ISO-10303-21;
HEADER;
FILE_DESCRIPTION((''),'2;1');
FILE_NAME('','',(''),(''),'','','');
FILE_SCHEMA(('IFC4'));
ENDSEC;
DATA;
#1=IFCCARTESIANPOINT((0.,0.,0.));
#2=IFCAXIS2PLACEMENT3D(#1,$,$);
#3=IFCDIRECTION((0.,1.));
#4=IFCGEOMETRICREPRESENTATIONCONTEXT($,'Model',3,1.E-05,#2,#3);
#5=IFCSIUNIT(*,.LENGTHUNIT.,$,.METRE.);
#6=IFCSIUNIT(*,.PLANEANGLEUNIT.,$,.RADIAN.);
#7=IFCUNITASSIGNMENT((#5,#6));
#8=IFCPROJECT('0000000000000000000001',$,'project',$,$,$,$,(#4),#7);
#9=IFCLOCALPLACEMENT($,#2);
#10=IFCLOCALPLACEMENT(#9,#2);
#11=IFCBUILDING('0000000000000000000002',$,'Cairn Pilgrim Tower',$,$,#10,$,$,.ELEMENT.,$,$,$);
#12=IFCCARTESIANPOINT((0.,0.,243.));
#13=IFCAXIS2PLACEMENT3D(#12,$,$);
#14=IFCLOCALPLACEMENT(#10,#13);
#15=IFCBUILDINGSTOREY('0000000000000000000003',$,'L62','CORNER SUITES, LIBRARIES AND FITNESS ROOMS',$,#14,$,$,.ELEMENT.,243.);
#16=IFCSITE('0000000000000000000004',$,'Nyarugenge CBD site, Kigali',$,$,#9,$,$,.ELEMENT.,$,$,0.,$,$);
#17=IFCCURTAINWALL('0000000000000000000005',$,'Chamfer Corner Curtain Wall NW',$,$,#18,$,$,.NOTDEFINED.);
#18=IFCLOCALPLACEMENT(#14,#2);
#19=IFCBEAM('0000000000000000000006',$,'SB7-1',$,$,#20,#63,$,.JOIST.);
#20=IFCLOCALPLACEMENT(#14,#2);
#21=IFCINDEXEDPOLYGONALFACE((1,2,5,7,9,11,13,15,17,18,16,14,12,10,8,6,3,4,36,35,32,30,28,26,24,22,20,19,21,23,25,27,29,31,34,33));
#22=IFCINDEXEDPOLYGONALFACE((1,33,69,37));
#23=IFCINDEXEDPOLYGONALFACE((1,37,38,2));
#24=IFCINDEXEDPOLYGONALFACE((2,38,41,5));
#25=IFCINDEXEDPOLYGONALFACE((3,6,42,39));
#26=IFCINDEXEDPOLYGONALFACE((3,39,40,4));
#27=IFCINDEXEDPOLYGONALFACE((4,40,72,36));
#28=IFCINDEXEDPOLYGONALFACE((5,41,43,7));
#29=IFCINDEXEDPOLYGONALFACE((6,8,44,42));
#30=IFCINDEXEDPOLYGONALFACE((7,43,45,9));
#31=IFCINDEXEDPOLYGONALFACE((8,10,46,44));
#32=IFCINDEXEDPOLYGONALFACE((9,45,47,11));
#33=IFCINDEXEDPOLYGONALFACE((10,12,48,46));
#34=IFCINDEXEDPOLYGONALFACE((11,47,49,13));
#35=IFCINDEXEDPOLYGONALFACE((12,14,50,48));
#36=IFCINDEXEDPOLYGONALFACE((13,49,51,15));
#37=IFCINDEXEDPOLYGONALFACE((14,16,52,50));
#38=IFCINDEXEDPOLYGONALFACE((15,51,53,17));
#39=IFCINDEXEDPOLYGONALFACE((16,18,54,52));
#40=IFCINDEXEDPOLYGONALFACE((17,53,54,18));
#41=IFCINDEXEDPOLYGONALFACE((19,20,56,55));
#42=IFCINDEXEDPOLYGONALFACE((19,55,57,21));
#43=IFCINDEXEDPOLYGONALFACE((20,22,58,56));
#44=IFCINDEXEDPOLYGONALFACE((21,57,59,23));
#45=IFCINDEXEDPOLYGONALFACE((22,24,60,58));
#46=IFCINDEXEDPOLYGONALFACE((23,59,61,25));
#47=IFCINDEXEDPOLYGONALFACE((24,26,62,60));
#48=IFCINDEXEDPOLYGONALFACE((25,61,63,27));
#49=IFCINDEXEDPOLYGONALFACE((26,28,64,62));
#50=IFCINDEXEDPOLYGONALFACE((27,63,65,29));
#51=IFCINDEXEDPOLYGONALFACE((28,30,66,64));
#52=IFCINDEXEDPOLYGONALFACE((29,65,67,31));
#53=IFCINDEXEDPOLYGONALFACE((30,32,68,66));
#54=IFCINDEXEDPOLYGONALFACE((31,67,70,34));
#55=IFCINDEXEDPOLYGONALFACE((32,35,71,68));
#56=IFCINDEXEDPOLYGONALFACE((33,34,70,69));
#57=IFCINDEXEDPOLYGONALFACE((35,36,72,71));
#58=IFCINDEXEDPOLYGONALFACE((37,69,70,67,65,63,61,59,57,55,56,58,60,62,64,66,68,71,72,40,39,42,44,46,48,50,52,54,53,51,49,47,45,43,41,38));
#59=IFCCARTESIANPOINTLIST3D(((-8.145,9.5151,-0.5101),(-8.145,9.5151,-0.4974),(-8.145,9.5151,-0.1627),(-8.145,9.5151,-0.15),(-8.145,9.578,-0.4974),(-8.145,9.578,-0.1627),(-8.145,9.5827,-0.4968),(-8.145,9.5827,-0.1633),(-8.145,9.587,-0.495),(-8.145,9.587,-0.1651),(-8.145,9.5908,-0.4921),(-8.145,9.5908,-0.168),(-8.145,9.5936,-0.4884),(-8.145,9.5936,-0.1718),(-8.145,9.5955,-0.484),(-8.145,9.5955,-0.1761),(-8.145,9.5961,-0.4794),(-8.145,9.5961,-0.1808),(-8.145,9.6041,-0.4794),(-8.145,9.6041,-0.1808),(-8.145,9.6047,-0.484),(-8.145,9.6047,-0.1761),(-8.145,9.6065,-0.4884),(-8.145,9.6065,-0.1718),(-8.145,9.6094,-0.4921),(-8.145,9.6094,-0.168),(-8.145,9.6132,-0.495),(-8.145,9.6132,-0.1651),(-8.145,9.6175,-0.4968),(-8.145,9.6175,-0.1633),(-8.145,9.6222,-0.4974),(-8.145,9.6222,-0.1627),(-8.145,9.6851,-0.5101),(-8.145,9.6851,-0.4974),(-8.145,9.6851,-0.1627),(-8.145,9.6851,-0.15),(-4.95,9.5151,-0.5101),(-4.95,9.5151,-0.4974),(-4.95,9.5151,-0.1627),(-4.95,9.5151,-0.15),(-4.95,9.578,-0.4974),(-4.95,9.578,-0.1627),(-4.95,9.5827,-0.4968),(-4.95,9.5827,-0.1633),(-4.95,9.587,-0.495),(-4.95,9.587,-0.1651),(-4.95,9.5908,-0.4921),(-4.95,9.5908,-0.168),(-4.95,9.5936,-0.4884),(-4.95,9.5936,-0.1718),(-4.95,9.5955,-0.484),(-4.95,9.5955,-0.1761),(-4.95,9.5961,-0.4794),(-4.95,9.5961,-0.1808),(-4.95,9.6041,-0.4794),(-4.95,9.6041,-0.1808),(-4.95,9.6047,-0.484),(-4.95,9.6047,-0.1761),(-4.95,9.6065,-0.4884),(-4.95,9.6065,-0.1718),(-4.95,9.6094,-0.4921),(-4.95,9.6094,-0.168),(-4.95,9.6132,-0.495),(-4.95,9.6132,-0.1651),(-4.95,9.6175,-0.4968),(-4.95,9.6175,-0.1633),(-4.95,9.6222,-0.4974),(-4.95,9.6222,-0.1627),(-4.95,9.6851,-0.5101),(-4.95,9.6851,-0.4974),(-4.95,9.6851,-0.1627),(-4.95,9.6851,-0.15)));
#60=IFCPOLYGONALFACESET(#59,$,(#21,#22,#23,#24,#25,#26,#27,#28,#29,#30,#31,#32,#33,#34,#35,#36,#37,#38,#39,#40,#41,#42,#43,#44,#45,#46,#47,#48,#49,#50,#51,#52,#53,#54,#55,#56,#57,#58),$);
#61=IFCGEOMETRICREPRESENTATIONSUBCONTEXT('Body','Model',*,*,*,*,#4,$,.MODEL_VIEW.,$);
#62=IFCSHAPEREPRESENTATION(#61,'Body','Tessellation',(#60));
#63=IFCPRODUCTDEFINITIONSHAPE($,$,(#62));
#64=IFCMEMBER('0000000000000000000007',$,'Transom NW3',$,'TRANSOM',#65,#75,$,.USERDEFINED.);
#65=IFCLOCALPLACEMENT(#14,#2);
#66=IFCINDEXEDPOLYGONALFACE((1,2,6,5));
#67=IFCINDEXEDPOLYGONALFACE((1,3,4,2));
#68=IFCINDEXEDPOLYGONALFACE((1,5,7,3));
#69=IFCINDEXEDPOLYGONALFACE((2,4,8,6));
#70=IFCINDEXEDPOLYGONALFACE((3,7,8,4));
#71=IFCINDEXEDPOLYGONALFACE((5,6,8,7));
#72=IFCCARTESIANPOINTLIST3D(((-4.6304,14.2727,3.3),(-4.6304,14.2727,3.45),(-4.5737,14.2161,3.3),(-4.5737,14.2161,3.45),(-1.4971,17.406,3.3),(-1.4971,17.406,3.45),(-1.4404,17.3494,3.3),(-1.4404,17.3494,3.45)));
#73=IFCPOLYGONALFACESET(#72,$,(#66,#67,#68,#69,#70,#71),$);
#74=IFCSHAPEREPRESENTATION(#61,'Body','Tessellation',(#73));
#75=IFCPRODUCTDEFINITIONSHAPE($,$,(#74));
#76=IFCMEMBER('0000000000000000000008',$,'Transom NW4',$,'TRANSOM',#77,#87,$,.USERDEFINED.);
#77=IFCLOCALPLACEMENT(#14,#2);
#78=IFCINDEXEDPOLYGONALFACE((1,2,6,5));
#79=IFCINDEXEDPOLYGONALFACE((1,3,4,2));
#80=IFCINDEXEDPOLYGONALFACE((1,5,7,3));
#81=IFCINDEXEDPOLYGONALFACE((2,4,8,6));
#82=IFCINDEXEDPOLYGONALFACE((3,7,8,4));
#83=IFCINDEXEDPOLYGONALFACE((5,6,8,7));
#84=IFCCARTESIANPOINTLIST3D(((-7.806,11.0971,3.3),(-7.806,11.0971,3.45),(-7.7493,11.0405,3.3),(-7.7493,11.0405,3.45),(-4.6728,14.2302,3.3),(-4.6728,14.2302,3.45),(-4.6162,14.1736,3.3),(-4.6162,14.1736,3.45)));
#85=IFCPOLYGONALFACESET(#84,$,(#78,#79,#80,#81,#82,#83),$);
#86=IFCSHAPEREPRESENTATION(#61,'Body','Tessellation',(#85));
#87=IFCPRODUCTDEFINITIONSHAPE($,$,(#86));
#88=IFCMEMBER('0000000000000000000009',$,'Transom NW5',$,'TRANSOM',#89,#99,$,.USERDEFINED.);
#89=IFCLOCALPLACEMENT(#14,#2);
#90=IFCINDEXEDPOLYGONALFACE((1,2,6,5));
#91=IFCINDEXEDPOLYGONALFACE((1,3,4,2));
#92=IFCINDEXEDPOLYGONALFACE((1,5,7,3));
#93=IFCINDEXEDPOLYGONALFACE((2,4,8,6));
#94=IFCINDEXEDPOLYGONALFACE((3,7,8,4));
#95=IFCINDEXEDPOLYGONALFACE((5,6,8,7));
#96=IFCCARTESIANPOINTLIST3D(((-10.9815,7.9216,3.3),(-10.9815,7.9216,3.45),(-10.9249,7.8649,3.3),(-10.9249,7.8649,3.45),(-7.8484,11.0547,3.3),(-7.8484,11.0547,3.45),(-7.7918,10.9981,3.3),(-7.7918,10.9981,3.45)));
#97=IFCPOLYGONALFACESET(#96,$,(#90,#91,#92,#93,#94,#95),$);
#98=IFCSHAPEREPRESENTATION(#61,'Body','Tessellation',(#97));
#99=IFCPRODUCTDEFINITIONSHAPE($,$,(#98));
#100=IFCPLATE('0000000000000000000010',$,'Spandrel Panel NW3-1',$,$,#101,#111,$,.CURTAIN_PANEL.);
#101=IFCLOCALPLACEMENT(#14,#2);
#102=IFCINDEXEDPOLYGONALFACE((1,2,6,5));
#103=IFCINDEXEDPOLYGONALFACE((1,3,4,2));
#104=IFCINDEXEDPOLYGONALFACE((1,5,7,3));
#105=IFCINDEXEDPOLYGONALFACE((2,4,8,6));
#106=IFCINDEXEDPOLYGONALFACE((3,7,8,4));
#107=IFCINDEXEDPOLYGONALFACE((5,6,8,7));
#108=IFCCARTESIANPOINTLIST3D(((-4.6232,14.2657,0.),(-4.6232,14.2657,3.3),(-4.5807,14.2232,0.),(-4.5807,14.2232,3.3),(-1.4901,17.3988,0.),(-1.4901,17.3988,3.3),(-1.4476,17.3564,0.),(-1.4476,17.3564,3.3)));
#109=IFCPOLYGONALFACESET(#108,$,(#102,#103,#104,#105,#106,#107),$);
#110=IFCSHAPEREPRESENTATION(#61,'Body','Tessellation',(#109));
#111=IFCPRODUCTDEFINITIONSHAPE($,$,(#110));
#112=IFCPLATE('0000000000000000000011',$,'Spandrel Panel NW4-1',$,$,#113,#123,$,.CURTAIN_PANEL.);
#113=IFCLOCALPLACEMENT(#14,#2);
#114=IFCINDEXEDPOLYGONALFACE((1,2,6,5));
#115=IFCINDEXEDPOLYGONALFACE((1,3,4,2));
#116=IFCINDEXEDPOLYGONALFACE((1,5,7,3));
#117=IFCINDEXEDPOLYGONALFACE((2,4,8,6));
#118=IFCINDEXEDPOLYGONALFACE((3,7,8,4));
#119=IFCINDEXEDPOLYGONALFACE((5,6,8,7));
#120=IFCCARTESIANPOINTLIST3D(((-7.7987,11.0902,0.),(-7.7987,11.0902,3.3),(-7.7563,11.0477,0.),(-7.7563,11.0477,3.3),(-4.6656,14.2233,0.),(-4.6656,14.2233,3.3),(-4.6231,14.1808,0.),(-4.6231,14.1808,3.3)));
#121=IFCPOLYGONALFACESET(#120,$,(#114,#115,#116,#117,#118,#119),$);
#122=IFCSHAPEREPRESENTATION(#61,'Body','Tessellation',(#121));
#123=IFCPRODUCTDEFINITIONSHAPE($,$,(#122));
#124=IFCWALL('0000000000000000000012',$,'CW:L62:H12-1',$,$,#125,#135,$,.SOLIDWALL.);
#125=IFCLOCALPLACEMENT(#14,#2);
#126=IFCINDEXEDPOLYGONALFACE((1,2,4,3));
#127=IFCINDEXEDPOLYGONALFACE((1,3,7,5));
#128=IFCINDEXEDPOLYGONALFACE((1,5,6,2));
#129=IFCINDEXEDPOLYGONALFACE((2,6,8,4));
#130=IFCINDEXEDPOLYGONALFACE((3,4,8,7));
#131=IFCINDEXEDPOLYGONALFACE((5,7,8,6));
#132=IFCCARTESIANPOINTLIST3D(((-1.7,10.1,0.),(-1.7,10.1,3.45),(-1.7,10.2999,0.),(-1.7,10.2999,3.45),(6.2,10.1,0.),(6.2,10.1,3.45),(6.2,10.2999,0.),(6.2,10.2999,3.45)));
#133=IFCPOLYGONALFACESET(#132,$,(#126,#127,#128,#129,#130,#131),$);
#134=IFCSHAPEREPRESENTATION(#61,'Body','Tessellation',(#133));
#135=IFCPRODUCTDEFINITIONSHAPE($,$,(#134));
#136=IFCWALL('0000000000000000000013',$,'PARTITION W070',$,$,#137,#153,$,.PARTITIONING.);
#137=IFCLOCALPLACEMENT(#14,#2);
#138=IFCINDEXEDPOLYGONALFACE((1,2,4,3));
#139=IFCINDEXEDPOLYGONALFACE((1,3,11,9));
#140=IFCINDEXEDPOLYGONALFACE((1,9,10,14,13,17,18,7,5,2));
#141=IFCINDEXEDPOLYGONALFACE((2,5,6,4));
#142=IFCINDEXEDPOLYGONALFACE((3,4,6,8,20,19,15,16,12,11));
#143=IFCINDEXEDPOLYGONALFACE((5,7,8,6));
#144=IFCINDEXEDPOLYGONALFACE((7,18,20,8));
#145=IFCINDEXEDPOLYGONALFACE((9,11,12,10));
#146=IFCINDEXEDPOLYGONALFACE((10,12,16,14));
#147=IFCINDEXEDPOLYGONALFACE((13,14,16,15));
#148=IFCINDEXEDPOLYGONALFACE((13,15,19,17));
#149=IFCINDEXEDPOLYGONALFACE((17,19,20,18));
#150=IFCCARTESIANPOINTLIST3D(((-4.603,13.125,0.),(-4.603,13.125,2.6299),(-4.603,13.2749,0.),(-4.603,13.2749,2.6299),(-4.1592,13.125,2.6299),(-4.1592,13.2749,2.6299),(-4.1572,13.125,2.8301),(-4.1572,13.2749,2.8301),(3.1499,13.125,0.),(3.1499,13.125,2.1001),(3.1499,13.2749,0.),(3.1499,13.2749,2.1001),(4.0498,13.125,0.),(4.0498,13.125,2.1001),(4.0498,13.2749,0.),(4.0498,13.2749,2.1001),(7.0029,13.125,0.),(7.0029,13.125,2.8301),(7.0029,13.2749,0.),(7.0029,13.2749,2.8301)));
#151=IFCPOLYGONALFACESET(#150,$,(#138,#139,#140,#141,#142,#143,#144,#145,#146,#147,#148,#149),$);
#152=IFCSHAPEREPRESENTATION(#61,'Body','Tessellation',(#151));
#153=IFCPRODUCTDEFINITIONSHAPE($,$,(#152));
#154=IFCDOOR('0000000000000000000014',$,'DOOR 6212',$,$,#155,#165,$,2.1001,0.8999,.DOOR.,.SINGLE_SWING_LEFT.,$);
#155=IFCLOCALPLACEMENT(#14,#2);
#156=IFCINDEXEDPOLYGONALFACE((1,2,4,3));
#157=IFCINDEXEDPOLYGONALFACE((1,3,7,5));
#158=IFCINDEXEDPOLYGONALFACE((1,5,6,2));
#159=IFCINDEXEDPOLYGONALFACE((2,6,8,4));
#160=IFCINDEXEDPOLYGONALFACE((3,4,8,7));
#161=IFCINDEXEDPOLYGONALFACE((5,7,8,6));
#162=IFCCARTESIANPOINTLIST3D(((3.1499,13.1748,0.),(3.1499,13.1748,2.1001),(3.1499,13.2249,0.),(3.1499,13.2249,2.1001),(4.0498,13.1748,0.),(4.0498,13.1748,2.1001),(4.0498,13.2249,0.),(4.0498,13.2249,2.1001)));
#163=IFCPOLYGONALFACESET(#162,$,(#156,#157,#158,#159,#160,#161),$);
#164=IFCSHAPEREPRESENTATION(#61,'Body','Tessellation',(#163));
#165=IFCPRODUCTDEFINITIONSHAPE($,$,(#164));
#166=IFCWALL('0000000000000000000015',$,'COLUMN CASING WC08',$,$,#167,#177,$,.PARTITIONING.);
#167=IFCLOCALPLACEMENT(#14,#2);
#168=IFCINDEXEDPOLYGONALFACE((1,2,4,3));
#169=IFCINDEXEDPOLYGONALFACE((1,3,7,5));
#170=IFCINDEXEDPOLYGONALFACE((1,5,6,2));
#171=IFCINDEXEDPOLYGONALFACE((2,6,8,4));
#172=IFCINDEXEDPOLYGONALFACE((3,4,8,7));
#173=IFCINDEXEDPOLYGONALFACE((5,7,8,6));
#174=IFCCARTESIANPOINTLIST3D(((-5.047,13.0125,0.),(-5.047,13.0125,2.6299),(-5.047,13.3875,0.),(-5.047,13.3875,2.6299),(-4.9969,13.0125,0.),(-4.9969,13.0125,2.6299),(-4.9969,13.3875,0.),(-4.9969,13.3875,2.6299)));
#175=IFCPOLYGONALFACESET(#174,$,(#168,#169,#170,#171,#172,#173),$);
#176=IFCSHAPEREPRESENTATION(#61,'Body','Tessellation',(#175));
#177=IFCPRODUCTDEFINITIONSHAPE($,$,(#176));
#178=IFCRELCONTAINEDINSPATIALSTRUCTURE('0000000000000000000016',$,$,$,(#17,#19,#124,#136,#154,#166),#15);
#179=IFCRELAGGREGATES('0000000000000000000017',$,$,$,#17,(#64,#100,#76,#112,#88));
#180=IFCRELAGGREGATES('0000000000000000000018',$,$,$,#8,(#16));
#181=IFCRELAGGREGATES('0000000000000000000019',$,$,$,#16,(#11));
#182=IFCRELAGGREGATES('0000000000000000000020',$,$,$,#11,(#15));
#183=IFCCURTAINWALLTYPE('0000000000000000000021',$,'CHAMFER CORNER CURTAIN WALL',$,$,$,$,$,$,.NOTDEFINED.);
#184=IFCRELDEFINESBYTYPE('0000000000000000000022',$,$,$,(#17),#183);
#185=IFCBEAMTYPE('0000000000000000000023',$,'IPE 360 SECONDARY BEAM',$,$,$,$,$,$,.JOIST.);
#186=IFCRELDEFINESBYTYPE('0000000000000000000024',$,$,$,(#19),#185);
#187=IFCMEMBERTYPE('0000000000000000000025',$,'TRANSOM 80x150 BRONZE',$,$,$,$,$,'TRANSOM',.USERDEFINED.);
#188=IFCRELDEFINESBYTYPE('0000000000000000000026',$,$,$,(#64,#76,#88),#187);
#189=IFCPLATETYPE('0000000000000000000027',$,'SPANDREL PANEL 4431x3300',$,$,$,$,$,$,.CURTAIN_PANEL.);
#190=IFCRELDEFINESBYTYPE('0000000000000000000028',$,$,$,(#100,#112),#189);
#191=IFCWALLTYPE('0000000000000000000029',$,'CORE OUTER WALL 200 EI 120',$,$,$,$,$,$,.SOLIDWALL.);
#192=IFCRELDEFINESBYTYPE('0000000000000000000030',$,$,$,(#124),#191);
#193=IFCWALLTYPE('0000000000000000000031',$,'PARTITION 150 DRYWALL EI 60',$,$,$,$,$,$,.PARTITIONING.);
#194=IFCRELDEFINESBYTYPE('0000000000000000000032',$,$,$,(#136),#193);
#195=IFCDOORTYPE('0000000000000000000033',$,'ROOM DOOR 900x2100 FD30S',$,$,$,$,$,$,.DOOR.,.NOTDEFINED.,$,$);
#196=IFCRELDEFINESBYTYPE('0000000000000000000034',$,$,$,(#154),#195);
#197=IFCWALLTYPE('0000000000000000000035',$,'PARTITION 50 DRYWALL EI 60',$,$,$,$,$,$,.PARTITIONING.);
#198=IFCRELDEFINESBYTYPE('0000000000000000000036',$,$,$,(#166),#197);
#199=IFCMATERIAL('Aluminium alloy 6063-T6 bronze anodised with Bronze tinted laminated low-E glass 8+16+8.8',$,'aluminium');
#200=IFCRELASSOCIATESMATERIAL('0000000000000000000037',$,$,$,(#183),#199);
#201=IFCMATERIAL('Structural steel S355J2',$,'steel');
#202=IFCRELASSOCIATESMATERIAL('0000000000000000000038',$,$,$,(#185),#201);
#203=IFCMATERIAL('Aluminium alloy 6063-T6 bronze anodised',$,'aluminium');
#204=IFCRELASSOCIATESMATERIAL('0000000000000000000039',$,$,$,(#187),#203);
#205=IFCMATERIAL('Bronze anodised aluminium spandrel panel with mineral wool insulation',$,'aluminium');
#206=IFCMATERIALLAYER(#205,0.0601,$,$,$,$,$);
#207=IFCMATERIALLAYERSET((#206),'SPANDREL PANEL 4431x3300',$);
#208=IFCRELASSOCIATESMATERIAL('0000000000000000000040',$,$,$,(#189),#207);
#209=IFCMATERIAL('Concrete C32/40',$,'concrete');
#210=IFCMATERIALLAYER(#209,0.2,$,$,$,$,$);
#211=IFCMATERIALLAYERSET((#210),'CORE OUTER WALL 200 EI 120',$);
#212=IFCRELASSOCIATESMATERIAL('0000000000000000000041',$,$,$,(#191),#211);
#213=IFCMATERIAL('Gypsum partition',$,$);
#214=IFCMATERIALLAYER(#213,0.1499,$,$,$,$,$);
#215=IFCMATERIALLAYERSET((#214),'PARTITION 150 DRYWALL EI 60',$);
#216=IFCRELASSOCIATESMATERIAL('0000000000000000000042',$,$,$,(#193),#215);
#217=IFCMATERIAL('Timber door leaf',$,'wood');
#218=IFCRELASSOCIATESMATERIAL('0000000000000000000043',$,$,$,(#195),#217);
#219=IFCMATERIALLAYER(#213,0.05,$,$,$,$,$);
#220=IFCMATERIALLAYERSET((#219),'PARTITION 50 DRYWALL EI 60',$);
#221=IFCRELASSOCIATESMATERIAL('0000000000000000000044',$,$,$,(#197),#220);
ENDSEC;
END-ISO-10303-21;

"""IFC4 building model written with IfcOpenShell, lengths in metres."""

from ifc_helpers import new_model, si_unit, direction, frame, frame_2d, origin, origin_2d, place, context, subcontext, project, spatial, polyline, rectangle, i_section, outline, extrude, material, layer, layer_set, material_profile, profile_set, type_object, element, fill, aggregate, save


model = new_model("IFC4")

# Units and contexts
model_context = context("Model", 3, precision=1e-05, world=origin(), true_north=direction((0.0, 1.0)))
body_context = subcontext(model_context, "Body", "Model", "MODEL_VIEW")
ifc_project = project(units=[si_unit("LENGTHUNIT", "METRE"), si_unit("PLANEANGLEUNIT", "RADIAN")], contexts=[model_context])

# Site, building, storey
site_placement = place(None, origin())
site = spatial("IfcSite", under=ifc_project, at=site_placement, Name="Nyarugenge CBD site, Kigali", CompositionType="ELEMENT", RefElevation=0.0)
building_placement = place(site_placement, origin())
building = spatial("IfcBuilding", under=site, at=building_placement, Name="Cairn Pilgrim Tower", CompositionType="ELEMENT")
storey_placement = place(building_placement, frame((0.0, 0.0, 243.0)))
storey = spatial("IfcBuildingStorey", under=building, at=storey_placement, Name="L62", Description="CORNER SUITES, LIBRARIES AND FITNESS ROOMS", CompositionType="ELEMENT", Elevation=243.0)

# Shared definitions
ifc_material_1 = material(Name="Structural steel S355J2", Category="steel")

# Curtain wall
ifc_material_2 = material(Name="Aluminium alloy 6063-T6 bronze anodised with Bronze tinted laminated low-E glass 8+16+8.8", Category="aluminium")
curtain_wall_type = type_object("IfcCurtainWallType", Name="CHAMFER CORNER CURTAIN WALL", PredefinedType="NOTDEFINED", material=ifc_material_2)
curtain_wall_placement = place(storey_placement, origin())
curtain_wall = element("IfcCurtainWall", 1, at=curtain_wall_placement, inside=storey, type_object=curtain_wall_type, Name="Chamfer Corner Curtain Wall NW", PredefinedType="NOTDEFINED")
ifc_material_3 = material(Name="Aluminium alloy 6063-T6 bronze anodised", Category="aluminium")

# Beam
ifc_material_profile_1 = material_profile(ifc_material_1, i_section(OverallWidth=0.1699, OverallDepth=0.3601, WebThickness=0.0081, FlangeThickness=0.0127, FilletRadius=0.0181, at=origin_2d()), Name="IPE 360")
ifc_profile_set_1 = profile_set([ifc_material_profile_1], Name="Structural steel S355J2")
beam_type_1 = type_object("IfcBeamType", Name="IPE 360 SECONDARY BEAM", PredefinedType="JOIST", material=ifc_profile_set_1)
beam_1_placement = place(storey_placement, frame((-8.145, 9.6001, -0.3301), z_axis=(1.0, 0.0, 0.0), x_axis=(0.0, 1.0, 0.0)))
element("IfcBeam", 2, at=beam_1_placement, inside=storey, type_object=beam_type_1, Name="SB7-1", PredefinedType="JOIST", context=body_context, shape_type="SweptSolid", body=[
    extrude(i_section(OverallWidth=0.1699, OverallDepth=0.3601, WebThickness=0.0081, FlangeThickness=0.0127, FilletRadius=0.0181, at=origin_2d()), origin(), (0.0, 0.0, 1.0), 3.1951),
])

# Members
ifc_material_profile_2 = material_profile(ifc_material_3, rectangle(XDim=0.0801, YDim=0.1499, at=origin_2d()), Name="TRANSOM 80x150 BRONZE")
ifc_profile_set_2 = profile_set([ifc_material_profile_2], Name="Aluminium alloy 6063-T6 bronze anodised")
member_type_1 = type_object("IfcMemberType", Name="TRANSOM 80x150 BRONZE", ElementType="TRANSOM", PredefinedType="USERDEFINED", material=ifc_profile_set_2)
member_1_placement = place(storey_placement, frame((-1.4688, 17.3777, 3.375), z_axis=(-0.707107, -0.707107, 0.0), x_axis=(0.707107, -0.707107, 0.0)))
member_1 = element("IfcMember", 3, at=member_1_placement, type_object=member_type_1, Name="Transom NW3", ObjectType="TRANSOM", PredefinedType="USERDEFINED", context=body_context, shape_type="SweptSolid", body=[
    extrude(rectangle(XDim=0.0801, YDim=0.1499, at=origin_2d()), origin(), (0.0, 0.0, 1.0), 4.4312),
])
member_2_placement = place(storey_placement, frame((-4.6445, 14.2019, 3.375), z_axis=(-0.707107, -0.707107, 0.0), x_axis=(0.707107, -0.707107, 0.0)))
member_2 = element("IfcMember", 4, at=member_2_placement, type_object=member_type_1, Name="Transom NW4", ObjectType="TRANSOM", PredefinedType="USERDEFINED", context=body_context, shape_type="SweptSolid", body=[
    extrude(rectangle(XDim=0.0801, YDim=0.1499, at=origin_2d()), origin(), (0.0, 0.0, 1.0), 4.4309),
])
member_3_placement = place(storey_placement, frame((-7.8201, 11.0264, 3.375), z_axis=(-0.707107, -0.707107, 0.0), x_axis=(0.707107, -0.707107, 0.0)))
member_3 = element("IfcMember", 5, at=member_3_placement, type_object=member_type_1, Name="Transom NW5", ObjectType="TRANSOM", PredefinedType="USERDEFINED", context=body_context, shape_type="SweptSolid", body=[
    extrude(rectangle(XDim=0.0801, YDim=0.1499, at=origin_2d()), origin(), (0.0, 0.0, 1.0), 4.4309),
])

# Plates
ifc_material_4 = material(Name="Bronze anodised aluminium spandrel panel with mineral wool insulation", Category="aluminium")
ifc_layer_1 = layer(ifc_material_4, 0.0601)
ifc_layer_set_1 = layer_set([ifc_layer_1], Name="SPANDREL PANEL 4431x3300")
plate_type = type_object("IfcPlateType", Name="SPANDREL PANEL 4431x3300", PredefinedType="CURTAIN_PANEL", material=ifc_layer_set_1)
plate_1_placement = place(storey_placement, frame((-3.0354, 15.811, 0.0), z_axis=(0.0, 0.0, 1.0), x_axis=(-0.707107, -0.707107, 0.0)))
plate_1 = element("IfcPlate", 6, at=plate_1_placement, type_object=plate_type, Name="Spandrel Panel NW3-1", PredefinedType="CURTAIN_PANEL", context=body_context, shape_type="SweptSolid", body=[
    extrude(rectangle(XDim=4.4309, YDim=0.0601, at=origin_2d()), origin(), (0.0, 0.0, 1.0), 3.3),
])
plate_2_placement = place(storey_placement, frame((-6.2109, 12.6355, 0.0), z_axis=(0.0, 0.0, 1.0), x_axis=(-0.707107, -0.707107, 0.0)))
plate_2 = element("IfcPlate", 7, at=plate_2_placement, type_object=plate_type, Name="Spandrel Panel NW4-1", PredefinedType="CURTAIN_PANEL", context=body_context, shape_type="SweptSolid", body=[
    extrude(rectangle(XDim=4.4309, YDim=0.0601, at=origin_2d()), origin(), (0.0, 0.0, 1.0), 3.3),
])
aggregate(curtain_wall, [member_1, plate_1, member_2, plate_2, member_3])

# Wall
ifc_material_5 = material(Name="Concrete C32/40", Category="concrete")
ifc_layer_2 = layer(ifc_material_5, 0.2)
ifc_layer_set_2 = layer_set([ifc_layer_2], Name="CORE OUTER WALL 200 EI 120")
wall_type_1 = type_object("IfcWallType", Name="CORE OUTER WALL 200 EI 120", PredefinedType="SOLIDWALL", material=ifc_layer_set_2)
wall_1_placement = place(storey_placement, frame((-1.7, 10.2, 0.0), z_axis=(0.0, 0.0, 1.0), x_axis=(1.0, 0.0, 0.0)))
element("IfcWall", 8, at=wall_1_placement, inside=storey, type_object=wall_type_1, Name="CW:L62:H12-1", PredefinedType="SOLIDWALL", context=body_context, shape_type="SweptSolid", body=[
    extrude(rectangle(XDim=7.8999, YDim=0.2, at=frame_2d((3.95, 0.0))), origin(), (0.0, 0.0, 1.0), 3.45),
])

# Wall, opening, door
ifc_material_6 = material(Name="Gypsum partition")
ifc_layer_3 = layer(ifc_material_6, 0.1499)
ifc_layer_set_3 = layer_set([ifc_layer_3], Name="PARTITION 150 DRYWALL EI 60")
wall_type_2 = type_object("IfcWallType", Name="PARTITION 150 DRYWALL EI 60", PredefinedType="PARTITIONING", material=ifc_layer_set_3)
wall_2_placement = place(storey_placement, frame((-4.603, 13.2, 0.0), z_axis=(0.0, 0.0, 1.0), x_axis=(1.0, 0.0, 0.0)))
wall_2 = element("IfcWall", 9, at=wall_2_placement, inside=storey, type_object=wall_type_2, Name="PARTITION W070", PredefinedType="PARTITIONING", context=body_context, shape_type="SweptSolid", body=[
    extrude(outline(polyline([(0.0, 0.0), (11.606, 0.0), (11.606, 2.8301), (0.4458, 2.8301), (0.4438, 2.6299), (0.0, 2.6299), (0.0, 0.0)])), frame((0.0, 0.075, 0.0), z_axis=(0.0, -1.0, 0.0), x_axis=(1.0, 0.0, 0.0)), (0.0, 0.0, 1.0), 0.1499),
])
opening_placement = place(wall_2_placement, frame((7.7529, 0.0, 0.0)))
opening = element("IfcOpeningElement", 10, at=opening_placement, cuts=wall_2, PredefinedType="OPENING", context=body_context, shape_type="SweptSolid", body=[
    extrude(rectangle(XDim=0.8999, YDim=2.1001, at=frame_2d((0.45, 1.05))), frame((0.0, 0.085, 0.0), z_axis=(0.0, -1.0, 0.0), x_axis=(1.0, 0.0, 0.0)), (0.0, 0.0, 1.0), 0.1699),
])
ifc_material_7 = material(Name="Timber door leaf", Category="wood")
door_type = type_object("IfcDoorType", Name="ROOM DOOR 900x2100 FD30S", OperationType="NOTDEFINED", PredefinedType="DOOR", material=ifc_material_7)
door_placement = place(opening_placement, origin())
door = element("IfcDoor", 11, at=door_placement, inside=storey, type_object=door_type, Name="DOOR 6212", OperationType="SINGLE_SWING_LEFT", OverallHeight=2.1001, OverallWidth=0.8999, PredefinedType="DOOR", context=body_context, shape_type="SweptSolid", body=[
    extrude(rectangle(XDim=0.8999, YDim=2.1001, at=frame_2d((0.45, 1.05))), frame((0.0, 0.0249, 0.0), z_axis=(0.0, -1.0, 0.0), x_axis=(1.0, 0.0, 0.0)), (0.0, 0.0, 1.0), 0.05),
])
fill(opening, door)

# Wall
ifc_layer_4 = layer(ifc_material_6, 0.05)
ifc_layer_set_4 = layer_set([ifc_layer_4], Name="PARTITION 50 DRYWALL EI 60")
wall_type_3 = type_object("IfcWallType", Name="PARTITION 50 DRYWALL EI 60", PredefinedType="PARTITIONING", material=ifc_layer_set_4)
wall_3_placement = place(storey_placement, frame((-5.022, 13.0125, 0.0), z_axis=(0.0, 0.0, 1.0), x_axis=(0.0, 1.0, 0.0)))
element("IfcWall", 12, at=wall_3_placement, inside=storey, type_object=wall_type_3, Name="COLUMN CASING WC08", PredefinedType="PARTITIONING", context=body_context, shape_type="SweptSolid", body=[
    extrude(rectangle(XDim=0.375, YDim=0.05, at=frame_2d((0.1875, 0.0))), origin(), (0.0, 0.0, 1.0), 2.6299),
])

save(model, "model.ifc")
